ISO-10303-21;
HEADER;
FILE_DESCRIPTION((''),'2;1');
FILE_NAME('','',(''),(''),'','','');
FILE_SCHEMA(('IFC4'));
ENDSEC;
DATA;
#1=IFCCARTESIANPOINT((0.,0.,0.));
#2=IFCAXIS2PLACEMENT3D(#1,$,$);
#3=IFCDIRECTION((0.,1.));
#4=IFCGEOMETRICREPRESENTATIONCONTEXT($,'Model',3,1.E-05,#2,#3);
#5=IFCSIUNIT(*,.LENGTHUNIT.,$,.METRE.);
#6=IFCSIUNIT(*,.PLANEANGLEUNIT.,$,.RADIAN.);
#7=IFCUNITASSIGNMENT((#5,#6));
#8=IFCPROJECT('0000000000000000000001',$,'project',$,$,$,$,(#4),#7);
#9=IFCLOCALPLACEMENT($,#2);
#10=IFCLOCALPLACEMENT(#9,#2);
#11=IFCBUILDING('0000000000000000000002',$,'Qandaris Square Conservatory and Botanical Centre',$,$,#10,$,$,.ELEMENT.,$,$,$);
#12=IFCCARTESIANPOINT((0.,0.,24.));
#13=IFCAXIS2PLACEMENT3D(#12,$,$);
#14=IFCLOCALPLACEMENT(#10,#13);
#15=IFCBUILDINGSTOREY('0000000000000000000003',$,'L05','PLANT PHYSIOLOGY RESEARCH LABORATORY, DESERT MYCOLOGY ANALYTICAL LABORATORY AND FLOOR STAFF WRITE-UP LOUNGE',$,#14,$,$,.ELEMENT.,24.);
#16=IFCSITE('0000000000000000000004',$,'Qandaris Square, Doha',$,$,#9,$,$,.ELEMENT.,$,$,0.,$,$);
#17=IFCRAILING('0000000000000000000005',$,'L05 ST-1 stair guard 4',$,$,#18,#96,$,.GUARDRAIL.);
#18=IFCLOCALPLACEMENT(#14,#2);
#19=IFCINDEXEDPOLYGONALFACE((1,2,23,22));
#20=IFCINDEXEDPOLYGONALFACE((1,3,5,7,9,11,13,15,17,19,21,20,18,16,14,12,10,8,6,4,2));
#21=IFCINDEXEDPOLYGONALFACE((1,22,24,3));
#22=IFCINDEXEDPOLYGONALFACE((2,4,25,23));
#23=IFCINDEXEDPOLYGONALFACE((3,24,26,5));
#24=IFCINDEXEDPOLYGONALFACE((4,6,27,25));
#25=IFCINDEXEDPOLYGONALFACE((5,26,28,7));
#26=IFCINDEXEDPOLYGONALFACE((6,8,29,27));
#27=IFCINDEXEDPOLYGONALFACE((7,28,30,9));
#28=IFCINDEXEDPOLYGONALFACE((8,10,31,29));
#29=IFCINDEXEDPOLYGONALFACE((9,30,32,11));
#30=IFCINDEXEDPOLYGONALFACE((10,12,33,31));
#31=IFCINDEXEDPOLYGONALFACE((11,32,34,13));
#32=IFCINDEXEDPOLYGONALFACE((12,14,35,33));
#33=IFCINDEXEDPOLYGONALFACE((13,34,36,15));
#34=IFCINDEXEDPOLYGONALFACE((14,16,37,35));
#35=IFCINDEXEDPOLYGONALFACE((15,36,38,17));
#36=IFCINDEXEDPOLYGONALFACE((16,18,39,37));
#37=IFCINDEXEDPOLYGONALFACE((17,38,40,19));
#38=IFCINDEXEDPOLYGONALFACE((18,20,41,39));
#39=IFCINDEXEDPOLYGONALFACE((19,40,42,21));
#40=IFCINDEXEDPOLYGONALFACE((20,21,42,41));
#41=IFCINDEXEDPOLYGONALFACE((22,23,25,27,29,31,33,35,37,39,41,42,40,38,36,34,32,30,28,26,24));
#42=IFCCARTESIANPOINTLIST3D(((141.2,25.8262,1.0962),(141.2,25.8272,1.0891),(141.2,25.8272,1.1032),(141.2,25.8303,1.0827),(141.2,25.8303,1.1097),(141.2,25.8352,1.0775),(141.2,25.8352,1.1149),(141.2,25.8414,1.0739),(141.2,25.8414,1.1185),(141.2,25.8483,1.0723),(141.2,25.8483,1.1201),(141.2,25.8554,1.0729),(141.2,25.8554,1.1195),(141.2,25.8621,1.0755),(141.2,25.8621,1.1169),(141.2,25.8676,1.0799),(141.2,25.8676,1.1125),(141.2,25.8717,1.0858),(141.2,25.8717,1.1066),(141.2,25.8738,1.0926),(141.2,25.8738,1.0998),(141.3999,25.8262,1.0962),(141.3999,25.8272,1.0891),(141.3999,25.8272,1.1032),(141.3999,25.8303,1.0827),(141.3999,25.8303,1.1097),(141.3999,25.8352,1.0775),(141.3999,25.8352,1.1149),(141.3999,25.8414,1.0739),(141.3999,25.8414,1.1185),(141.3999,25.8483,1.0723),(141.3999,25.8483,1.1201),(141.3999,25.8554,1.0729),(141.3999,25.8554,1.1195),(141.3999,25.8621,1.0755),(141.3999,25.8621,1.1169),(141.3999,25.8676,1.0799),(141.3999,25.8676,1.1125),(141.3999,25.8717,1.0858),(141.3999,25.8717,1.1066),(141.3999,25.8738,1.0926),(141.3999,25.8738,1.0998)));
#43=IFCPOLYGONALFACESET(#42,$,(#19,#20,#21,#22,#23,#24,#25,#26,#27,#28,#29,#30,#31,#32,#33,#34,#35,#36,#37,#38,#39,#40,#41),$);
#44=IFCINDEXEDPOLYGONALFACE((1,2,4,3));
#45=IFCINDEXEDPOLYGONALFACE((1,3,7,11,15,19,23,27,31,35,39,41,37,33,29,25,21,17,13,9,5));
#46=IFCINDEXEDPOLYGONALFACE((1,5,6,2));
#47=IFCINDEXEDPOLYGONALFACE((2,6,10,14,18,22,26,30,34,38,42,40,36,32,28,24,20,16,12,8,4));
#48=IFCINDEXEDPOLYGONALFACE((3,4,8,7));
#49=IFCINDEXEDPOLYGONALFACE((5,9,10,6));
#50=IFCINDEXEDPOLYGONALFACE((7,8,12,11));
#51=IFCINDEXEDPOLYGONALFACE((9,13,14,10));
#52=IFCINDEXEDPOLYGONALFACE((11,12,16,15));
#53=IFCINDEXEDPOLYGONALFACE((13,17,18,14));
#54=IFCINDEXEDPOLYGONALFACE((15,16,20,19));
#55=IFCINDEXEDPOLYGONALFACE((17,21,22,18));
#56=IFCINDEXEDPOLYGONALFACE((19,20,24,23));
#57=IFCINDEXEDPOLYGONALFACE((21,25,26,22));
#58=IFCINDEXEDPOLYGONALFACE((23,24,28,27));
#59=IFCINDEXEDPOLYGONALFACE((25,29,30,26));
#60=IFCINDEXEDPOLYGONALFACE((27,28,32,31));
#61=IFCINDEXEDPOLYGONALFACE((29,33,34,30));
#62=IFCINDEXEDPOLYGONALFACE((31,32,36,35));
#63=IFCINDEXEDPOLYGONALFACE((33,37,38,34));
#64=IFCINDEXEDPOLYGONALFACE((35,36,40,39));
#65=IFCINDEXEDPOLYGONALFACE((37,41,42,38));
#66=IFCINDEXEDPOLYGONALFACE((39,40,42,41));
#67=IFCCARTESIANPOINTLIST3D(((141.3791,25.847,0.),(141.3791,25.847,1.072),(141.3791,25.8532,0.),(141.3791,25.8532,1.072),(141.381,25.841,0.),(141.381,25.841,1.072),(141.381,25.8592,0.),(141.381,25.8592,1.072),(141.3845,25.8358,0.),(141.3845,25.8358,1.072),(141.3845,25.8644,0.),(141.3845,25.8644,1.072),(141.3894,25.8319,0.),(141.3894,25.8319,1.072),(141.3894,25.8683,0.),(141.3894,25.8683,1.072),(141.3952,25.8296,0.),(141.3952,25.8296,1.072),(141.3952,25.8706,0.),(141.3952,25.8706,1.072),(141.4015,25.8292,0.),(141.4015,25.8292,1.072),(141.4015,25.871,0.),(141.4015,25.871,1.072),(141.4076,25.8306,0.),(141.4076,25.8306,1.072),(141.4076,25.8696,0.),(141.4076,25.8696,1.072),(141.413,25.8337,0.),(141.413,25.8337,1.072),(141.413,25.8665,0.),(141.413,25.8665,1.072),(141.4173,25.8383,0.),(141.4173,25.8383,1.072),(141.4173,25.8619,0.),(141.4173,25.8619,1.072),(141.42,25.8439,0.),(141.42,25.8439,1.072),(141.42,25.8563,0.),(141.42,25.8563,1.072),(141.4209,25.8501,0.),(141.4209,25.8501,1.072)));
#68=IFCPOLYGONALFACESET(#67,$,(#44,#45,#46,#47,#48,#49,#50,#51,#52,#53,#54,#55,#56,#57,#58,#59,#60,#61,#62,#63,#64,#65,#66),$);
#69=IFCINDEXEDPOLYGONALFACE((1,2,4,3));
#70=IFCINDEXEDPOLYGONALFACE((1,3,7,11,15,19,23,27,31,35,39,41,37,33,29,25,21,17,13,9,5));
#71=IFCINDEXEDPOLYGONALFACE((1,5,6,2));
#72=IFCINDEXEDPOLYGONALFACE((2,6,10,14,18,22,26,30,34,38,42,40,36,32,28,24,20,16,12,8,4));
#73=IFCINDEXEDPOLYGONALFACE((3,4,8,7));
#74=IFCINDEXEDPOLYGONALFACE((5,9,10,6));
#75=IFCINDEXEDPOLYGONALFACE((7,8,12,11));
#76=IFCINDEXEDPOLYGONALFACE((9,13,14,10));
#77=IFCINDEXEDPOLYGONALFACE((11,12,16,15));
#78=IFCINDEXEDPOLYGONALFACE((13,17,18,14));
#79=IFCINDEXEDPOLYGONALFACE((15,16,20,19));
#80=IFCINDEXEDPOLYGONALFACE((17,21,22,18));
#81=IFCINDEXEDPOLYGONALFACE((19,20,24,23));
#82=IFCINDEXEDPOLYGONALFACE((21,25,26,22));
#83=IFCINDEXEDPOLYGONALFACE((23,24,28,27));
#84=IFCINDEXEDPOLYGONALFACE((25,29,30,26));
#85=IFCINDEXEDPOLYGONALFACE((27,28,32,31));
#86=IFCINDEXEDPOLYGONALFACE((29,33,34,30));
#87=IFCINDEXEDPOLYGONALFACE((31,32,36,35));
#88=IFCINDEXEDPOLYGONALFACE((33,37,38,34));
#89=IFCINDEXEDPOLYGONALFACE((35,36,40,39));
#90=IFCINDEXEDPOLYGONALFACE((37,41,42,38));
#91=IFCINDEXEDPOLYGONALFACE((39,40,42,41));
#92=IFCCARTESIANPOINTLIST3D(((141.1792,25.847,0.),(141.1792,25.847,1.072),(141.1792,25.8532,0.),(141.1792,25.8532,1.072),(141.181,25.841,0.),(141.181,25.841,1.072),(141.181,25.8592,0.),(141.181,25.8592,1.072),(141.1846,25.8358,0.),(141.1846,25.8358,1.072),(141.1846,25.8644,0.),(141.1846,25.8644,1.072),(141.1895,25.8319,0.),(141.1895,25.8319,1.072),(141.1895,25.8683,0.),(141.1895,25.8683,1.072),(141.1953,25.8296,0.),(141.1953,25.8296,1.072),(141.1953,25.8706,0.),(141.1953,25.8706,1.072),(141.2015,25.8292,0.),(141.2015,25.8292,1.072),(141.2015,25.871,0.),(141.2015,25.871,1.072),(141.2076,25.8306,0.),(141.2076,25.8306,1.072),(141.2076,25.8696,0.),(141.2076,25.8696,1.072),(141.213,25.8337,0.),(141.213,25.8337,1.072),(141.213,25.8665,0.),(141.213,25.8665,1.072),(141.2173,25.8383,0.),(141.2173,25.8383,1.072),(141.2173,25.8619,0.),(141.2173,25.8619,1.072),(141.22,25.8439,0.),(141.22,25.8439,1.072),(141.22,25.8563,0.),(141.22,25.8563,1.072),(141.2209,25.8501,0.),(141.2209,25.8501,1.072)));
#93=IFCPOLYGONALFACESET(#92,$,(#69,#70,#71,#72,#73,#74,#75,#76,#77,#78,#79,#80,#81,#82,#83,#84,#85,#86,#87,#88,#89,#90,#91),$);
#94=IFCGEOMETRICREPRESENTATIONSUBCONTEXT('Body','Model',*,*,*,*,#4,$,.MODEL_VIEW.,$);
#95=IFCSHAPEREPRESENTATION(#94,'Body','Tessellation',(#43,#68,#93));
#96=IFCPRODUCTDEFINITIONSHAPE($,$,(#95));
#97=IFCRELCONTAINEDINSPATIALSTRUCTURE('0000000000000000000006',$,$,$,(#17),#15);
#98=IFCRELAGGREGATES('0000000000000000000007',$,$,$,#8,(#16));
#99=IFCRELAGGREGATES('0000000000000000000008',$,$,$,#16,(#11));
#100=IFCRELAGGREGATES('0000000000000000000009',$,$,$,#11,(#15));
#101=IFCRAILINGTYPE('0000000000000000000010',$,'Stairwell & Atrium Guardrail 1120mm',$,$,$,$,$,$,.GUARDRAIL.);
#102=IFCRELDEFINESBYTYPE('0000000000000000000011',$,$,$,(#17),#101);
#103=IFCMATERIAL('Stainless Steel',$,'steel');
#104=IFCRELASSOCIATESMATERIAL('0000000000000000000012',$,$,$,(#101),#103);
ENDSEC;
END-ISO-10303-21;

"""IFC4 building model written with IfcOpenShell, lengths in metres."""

from ifc_helpers import new_model, si_unit, direction, frame, origin, origin_2d, place, context, subcontext, project, spatial, circle, extrude, material, type_object, element, save


model = new_model("IFC4")

# Units and contexts
model_context = context("Model", 3, precision=1e-05, world=origin(), true_north=direction((0.0, 1.0)))
body_context = subcontext(model_context, "Body", "Model", "MODEL_VIEW")
ifc_project = project(units=[si_unit("LENGTHUNIT", "METRE"), si_unit("PLANEANGLEUNIT", "RADIAN")], contexts=[model_context])

# Site, building, storey
site_placement = place(None, origin())
site = spatial("IfcSite", under=ifc_project, at=site_placement, Name="Qandaris Square, Doha", CompositionType="ELEMENT", RefElevation=0.0)
building_placement = place(site_placement, origin())
building = spatial("IfcBuilding", under=site, at=building_placement, Name="Qandaris Square Conservatory and Botanical Centre", CompositionType="ELEMENT")
storey_placement = place(building_placement, frame((0.0, 0.0, 24.0)))
storey = spatial("IfcBuildingStorey", under=building, at=storey_placement, Name="L05", Description="PLANT PHYSIOLOGY RESEARCH LABORATORY, DESERT MYCOLOGY ANALYTICAL LABORATORY AND FLOOR STAFF WRITE-UP LOUNGE", CompositionType="ELEMENT", Elevation=24.0)

# Railing
ifc_material_1 = material(Name="Stainless Steel", Category="steel")
railing_type_1 = type_object("IfcRailingType", Name="Stairwell & Atrium Guardrail 1120mm", PredefinedType="GUARDRAIL", material=ifc_material_1)
railing_1_placement = place(storey_placement, frame((141.3999, 25.8501, 0.0)))
element("IfcRailing", 1, at=railing_1_placement, inside=storey, type_object=railing_type_1, Name="L05 ST-1 stair guard 4", PredefinedType="GUARDRAIL", context=body_context, shape_type="SweptSolid", body=[
    extrude(circle(Radius=0.0239, at=origin_2d()), frame((0.0, 0.0, 1.0962), z_axis=(-1.0, 0.0, 0.0), x_axis=(0.0, -1.0, 0.0)), (0.0, 0.0, 1.0), 0.2),
    extrude(circle(Radius=0.021, at=origin_2d()), origin(), (0.0, 0.0, 1.0), 1.072),
    extrude(circle(Radius=0.021, at=origin_2d()), frame((-0.2, 0.0, 0.0)), (0.0, 0.0, 1.0), 1.072),
])

save(model, "model.ifc")
